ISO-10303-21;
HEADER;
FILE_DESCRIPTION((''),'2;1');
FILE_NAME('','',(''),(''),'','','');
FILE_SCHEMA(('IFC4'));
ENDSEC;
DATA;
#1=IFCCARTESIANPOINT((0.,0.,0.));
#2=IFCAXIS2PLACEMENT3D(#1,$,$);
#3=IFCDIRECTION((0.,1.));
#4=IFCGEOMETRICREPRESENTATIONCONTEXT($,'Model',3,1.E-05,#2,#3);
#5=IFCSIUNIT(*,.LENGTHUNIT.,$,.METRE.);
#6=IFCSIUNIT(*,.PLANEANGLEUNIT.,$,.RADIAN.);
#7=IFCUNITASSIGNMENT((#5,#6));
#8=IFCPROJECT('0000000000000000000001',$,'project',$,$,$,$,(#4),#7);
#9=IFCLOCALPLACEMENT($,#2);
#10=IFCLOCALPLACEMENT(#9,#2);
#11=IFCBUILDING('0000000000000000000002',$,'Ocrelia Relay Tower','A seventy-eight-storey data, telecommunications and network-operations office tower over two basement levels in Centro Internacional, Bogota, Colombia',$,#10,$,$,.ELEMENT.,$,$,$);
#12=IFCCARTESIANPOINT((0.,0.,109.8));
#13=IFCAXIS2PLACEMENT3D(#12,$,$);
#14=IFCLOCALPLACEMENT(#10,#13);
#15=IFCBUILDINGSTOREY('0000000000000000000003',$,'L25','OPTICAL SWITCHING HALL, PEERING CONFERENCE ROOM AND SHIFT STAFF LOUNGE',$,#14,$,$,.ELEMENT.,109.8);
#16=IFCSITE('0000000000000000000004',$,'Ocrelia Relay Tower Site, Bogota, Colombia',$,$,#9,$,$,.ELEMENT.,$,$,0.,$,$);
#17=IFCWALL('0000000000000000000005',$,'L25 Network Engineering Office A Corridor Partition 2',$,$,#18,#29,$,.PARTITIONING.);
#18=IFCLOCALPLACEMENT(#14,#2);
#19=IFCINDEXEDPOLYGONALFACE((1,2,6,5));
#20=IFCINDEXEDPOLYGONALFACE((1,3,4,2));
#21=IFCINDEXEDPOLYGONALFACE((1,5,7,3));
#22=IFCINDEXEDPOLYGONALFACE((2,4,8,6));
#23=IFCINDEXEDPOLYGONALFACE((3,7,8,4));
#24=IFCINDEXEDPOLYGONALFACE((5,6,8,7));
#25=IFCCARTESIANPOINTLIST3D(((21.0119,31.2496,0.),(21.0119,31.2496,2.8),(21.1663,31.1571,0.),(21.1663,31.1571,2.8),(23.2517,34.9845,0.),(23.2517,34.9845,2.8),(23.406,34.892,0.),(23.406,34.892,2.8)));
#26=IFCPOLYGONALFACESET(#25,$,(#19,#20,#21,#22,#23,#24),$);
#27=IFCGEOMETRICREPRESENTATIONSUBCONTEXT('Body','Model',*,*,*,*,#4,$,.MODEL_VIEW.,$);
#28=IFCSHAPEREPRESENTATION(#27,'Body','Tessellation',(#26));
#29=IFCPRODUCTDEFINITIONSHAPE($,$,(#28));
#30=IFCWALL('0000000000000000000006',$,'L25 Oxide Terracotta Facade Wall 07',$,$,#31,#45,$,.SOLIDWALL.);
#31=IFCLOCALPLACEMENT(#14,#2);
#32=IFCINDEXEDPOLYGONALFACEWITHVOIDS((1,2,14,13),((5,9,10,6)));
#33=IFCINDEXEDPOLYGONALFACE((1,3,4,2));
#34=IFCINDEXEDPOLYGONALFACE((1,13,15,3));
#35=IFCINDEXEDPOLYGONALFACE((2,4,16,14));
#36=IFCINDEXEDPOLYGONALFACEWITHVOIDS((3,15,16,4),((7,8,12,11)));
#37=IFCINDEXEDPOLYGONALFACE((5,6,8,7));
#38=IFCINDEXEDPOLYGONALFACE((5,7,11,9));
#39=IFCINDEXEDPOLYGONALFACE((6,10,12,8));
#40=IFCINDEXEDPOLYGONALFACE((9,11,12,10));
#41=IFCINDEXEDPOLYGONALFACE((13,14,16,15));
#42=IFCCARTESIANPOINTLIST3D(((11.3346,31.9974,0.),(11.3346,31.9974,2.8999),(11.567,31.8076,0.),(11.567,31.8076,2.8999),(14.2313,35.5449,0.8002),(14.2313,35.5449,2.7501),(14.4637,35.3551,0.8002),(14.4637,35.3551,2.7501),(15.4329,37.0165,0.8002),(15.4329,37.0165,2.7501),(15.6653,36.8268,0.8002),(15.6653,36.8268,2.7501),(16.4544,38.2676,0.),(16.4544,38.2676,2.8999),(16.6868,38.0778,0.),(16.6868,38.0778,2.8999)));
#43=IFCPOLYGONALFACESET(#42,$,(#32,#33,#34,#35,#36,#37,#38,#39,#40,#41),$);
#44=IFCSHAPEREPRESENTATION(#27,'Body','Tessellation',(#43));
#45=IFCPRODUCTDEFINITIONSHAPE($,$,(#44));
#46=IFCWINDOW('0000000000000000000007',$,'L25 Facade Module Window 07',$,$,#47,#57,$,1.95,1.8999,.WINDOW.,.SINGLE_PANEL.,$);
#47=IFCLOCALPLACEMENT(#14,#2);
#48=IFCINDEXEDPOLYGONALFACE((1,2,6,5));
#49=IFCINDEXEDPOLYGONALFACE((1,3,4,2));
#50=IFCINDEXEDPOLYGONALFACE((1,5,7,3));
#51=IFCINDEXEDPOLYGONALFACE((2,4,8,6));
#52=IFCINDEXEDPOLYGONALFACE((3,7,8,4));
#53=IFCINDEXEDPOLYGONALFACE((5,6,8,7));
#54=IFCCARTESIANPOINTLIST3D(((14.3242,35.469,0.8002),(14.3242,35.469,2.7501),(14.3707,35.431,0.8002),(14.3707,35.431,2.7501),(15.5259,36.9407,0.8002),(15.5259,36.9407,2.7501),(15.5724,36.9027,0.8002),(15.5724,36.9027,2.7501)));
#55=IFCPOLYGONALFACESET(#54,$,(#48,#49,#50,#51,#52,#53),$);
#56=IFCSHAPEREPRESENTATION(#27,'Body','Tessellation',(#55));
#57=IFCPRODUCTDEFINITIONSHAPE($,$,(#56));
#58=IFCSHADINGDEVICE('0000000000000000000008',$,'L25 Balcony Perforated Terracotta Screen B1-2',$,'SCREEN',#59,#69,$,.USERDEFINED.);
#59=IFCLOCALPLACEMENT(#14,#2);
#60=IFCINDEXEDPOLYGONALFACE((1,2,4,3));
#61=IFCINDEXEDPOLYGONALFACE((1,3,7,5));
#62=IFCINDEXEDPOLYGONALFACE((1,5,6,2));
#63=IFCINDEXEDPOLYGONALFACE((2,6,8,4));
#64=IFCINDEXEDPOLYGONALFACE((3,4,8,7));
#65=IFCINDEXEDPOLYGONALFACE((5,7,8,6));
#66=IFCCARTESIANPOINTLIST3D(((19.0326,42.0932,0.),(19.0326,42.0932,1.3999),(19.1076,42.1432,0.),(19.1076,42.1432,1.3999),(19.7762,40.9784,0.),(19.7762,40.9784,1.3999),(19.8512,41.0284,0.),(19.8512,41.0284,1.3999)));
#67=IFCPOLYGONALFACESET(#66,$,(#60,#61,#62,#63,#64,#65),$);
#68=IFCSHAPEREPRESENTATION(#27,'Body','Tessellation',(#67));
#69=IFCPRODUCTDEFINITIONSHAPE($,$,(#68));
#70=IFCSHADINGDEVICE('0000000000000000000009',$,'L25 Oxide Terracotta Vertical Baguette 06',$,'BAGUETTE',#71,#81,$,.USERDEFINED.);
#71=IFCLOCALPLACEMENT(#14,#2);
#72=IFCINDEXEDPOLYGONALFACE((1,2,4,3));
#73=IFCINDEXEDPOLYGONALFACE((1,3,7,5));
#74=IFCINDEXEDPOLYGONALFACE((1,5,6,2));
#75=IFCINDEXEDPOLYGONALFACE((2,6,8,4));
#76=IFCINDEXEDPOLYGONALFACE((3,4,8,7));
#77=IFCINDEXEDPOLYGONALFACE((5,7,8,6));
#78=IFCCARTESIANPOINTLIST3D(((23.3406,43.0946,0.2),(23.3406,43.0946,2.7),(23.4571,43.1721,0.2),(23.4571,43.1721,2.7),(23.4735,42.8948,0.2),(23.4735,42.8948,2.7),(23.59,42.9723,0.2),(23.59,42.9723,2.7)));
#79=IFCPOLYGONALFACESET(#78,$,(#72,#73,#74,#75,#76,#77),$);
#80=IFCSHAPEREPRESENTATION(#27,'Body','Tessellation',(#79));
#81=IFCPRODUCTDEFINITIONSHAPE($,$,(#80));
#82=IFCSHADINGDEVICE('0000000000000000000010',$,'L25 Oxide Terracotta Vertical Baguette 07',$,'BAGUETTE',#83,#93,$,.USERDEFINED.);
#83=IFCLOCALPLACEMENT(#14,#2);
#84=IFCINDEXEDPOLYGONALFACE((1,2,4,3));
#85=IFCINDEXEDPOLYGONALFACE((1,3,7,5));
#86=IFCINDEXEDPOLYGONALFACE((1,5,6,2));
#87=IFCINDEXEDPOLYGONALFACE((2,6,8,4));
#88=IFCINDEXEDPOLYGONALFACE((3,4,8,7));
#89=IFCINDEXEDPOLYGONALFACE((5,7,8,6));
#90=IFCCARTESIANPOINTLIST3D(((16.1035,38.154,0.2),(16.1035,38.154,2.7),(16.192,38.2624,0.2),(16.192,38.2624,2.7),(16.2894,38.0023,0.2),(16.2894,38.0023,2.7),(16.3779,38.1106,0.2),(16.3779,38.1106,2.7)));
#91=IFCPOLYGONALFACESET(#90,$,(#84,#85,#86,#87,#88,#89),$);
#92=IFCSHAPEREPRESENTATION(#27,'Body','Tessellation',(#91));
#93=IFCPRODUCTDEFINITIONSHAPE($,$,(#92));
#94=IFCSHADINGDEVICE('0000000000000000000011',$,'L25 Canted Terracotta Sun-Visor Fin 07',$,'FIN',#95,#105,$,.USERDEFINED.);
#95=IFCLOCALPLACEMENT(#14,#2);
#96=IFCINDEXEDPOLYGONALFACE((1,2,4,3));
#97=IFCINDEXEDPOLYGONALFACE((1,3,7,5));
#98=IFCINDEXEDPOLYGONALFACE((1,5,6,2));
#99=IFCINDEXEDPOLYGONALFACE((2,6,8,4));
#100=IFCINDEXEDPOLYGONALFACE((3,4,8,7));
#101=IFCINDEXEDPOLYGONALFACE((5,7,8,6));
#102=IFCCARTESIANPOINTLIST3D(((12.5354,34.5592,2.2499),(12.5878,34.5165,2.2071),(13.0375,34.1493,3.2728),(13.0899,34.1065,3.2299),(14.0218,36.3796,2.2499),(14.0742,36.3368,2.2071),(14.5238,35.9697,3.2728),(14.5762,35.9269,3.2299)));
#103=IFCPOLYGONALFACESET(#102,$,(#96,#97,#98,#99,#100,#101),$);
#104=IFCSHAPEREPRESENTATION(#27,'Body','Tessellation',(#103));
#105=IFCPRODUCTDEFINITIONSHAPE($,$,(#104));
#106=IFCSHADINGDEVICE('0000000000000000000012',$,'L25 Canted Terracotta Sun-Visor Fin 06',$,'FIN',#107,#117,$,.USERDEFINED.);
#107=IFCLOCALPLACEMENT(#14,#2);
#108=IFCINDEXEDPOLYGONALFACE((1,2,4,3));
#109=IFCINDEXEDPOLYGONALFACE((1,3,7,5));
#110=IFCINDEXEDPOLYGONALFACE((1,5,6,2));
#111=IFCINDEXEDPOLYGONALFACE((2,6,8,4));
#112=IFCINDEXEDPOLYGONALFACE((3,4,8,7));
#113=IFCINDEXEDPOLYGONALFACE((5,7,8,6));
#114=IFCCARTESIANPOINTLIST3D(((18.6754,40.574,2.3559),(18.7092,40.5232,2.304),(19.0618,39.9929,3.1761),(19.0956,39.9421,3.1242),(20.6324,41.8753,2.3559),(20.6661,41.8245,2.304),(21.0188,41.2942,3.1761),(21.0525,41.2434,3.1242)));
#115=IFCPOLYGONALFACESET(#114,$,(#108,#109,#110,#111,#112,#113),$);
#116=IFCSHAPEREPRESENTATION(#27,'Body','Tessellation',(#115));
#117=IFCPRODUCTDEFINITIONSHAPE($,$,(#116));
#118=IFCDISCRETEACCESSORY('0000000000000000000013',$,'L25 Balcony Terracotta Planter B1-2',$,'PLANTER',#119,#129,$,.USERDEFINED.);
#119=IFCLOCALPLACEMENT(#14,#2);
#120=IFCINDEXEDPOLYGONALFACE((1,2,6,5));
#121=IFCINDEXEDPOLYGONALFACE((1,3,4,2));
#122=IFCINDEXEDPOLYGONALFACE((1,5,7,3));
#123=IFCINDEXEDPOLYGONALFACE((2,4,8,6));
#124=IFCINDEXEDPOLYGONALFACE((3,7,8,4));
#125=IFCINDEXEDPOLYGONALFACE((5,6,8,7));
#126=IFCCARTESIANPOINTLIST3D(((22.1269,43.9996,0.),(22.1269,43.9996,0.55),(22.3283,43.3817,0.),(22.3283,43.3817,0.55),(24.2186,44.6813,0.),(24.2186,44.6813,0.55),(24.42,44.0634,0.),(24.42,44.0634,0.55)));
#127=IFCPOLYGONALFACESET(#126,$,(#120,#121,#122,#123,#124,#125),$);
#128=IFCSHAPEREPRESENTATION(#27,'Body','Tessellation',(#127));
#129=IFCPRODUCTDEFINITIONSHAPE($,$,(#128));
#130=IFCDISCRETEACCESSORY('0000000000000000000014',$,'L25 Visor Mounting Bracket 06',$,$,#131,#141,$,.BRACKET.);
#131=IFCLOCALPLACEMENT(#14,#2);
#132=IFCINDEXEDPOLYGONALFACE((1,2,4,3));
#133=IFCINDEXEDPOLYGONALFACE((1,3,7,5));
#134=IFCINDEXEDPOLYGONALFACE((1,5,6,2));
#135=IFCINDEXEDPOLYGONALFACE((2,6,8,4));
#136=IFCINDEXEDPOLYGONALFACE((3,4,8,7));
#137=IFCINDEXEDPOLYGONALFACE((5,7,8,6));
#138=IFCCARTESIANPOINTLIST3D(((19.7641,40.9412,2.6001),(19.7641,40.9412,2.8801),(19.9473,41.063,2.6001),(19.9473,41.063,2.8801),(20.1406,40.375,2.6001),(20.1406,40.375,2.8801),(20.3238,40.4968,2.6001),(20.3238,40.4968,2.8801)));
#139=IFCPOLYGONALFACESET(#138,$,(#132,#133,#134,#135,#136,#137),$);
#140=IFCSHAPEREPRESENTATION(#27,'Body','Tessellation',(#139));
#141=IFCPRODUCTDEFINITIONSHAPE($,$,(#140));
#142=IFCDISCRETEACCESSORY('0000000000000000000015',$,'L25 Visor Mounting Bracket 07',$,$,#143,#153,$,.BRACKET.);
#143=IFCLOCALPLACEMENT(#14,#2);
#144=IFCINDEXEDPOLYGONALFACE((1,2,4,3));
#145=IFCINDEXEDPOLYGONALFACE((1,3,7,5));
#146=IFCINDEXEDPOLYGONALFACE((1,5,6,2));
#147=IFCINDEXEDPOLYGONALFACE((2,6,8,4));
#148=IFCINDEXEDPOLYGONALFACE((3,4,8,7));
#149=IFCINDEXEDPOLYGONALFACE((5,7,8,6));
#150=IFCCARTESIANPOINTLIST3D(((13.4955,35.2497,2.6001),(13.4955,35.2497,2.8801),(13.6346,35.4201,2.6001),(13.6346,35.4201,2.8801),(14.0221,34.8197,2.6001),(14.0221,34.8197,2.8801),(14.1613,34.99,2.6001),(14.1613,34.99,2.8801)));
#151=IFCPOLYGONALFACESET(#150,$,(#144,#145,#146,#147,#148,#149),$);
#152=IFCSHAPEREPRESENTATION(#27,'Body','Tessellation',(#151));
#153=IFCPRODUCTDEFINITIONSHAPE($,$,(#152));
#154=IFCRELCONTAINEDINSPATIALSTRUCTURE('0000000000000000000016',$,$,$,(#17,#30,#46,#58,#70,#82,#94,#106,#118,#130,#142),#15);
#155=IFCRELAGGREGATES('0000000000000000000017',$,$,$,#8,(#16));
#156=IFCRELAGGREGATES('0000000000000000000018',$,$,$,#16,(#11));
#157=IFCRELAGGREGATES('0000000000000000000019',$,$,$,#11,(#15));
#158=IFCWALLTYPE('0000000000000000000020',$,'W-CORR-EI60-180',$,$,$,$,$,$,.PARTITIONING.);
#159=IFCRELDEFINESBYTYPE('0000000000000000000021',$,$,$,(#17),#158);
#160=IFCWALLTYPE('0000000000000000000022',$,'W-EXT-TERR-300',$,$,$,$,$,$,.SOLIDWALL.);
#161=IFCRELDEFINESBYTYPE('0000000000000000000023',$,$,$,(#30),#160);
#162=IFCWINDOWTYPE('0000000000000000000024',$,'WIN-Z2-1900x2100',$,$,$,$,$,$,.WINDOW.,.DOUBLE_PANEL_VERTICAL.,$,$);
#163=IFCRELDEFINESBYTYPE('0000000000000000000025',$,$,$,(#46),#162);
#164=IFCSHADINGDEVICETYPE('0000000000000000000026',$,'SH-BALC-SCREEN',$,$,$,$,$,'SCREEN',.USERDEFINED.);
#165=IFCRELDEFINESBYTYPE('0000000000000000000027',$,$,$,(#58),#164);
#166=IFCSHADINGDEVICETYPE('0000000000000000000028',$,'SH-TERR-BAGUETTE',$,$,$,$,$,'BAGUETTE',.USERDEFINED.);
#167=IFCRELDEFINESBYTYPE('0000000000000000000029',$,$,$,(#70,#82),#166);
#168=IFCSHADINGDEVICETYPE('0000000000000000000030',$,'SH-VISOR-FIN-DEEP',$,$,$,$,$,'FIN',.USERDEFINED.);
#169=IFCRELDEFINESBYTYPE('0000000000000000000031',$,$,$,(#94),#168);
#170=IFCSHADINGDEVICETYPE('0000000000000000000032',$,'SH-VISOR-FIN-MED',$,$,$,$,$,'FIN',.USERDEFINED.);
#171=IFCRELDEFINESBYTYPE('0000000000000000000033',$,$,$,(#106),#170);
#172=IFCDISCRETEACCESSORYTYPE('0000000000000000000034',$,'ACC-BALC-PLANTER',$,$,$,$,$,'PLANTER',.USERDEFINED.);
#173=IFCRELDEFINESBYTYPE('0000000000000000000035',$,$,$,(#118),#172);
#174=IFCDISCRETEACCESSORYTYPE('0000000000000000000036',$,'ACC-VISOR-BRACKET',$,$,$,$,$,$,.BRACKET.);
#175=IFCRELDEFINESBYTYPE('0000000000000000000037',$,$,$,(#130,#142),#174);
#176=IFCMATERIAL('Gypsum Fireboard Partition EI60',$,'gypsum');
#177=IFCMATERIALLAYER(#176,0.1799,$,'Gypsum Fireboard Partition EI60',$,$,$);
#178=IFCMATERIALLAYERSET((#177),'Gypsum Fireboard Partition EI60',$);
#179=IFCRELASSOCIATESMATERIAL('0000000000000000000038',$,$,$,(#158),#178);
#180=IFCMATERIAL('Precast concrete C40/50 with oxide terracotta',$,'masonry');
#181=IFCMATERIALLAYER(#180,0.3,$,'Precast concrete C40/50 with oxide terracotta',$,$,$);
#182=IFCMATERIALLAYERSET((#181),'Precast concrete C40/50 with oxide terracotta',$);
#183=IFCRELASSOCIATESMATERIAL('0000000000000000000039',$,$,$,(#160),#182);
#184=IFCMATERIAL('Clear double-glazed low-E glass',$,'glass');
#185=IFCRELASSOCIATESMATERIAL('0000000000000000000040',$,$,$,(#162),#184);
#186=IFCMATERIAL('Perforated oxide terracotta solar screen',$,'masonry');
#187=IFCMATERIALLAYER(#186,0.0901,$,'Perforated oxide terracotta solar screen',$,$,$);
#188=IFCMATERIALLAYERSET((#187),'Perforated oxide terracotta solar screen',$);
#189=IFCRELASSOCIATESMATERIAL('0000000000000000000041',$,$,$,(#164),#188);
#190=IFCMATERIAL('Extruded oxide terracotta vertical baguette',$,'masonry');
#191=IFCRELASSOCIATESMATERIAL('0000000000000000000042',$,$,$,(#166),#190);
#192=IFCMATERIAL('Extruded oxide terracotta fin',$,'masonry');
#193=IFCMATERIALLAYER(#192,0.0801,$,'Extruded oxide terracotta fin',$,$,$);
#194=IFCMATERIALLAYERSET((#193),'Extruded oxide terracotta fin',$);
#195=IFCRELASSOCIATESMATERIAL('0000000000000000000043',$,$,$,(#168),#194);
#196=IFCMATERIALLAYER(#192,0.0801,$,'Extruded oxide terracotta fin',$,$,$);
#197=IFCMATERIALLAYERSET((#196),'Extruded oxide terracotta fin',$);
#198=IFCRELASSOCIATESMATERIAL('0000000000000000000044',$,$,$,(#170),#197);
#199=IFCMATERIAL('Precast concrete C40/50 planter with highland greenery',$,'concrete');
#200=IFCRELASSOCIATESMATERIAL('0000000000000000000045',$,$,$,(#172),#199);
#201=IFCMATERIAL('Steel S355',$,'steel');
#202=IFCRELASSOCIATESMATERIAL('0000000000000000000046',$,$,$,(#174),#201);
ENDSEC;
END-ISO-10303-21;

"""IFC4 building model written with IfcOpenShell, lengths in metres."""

from ifc_helpers import new_model, si_unit, direction, frame, frame_2d, origin, origin_2d, place, context, subcontext, project, spatial, rectangle, extrude, material, layer, layer_set, type_object, element, fill, save


model = new_model("IFC4")

# Units and contexts
model_context = context("Model", 3, precision=1e-05, world=origin(), true_north=direction((0.0, 1.0)))
body_context = subcontext(model_context, "Body", "Model", "MODEL_VIEW")
ifc_project = project(units=[si_unit("LENGTHUNIT", "METRE"), si_unit("PLANEANGLEUNIT", "RADIAN")], contexts=[model_context])

# Site, building, storey
site_placement = place(None, origin())
site = spatial("IfcSite", under=ifc_project, at=site_placement, Name="Ocrelia Relay Tower Site, Bogota, Colombia", CompositionType="ELEMENT", RefElevation=0.0)
building_placement = place(site_placement, origin())
building = spatial("IfcBuilding", under=site, at=building_placement, Name="Ocrelia Relay Tower", Description="A seventy-eight-storey data, telecommunications and network-operations office tower over two basement levels in Centro Internacional, Bogota, Colombia", CompositionType="ELEMENT")
storey_placement = place(building_placement, frame((0.0, 0.0, 109.8)))
storey = spatial("IfcBuildingStorey", under=building, at=storey_placement, Name="L25", Description="OPTICAL SWITCHING HALL, PEERING CONFERENCE ROOM AND SHIFT STAFF LOUNGE", CompositionType="ELEMENT", Elevation=109.8)

# Shared definitions
ifc_material_1 = material(Name="Steel S355", Category="steel")

# Wall
ifc_material_2 = material(Name="Gypsum Fireboard Partition EI60", Category="gypsum")
ifc_layer_1 = layer(ifc_material_2, 0.1799, Name="Gypsum Fireboard Partition EI60")
ifc_layer_set_1 = layer_set([ifc_layer_1], Name="Gypsum Fireboard Partition EI60")
wall_type_1 = type_object("IfcWallType", Name="W-CORR-EI60-180", PredefinedType="PARTITIONING", material=ifc_layer_set_1)
wall_1_placement = place(storey_placement, frame((23.3289, 34.9382, 0.0), z_axis=(0.0, 0.0, 1.0), x_axis=(-0.514298, -0.857612, 0.0)))
element("IfcWall", 1, at=wall_1_placement, inside=storey, type_object=wall_type_1, Name="L25 Network Engineering Office A Corridor Partition 2", PredefinedType="PARTITIONING", context=body_context, shape_type="SweptSolid", body=[
    extrude(rectangle(XDim=4.355, YDim=0.1799, at=frame_2d((2.1775, 0.0))), origin(), (0.0, 0.0, 1.0), 2.8),
])

# Wall, opening, window
ifc_material_3 = material(Name="Precast concrete C40/50 with oxide terracotta", Category="masonry")
ifc_layer_2 = layer(ifc_material_3, 0.3, Name="Precast concrete C40/50 with oxide terracotta")
ifc_layer_set_2 = layer_set([ifc_layer_2], Name="Precast concrete C40/50 with oxide terracotta")
wall_type_2 = type_object("IfcWallType", Name="W-EXT-TERR-300", PredefinedType="SOLIDWALL", material=ifc_layer_set_2)
wall_2_placement = place(storey_placement, frame((16.5706, 38.1726, 0.0), z_axis=(0.0, 0.0, 1.0), x_axis=(-0.632472, -0.774583, 0.0)))
wall_2 = element("IfcWall", 2, at=wall_2_placement, inside=storey, type_object=wall_type_2, Name="L25 Oxide Terracotta Facade Wall 07", PredefinedType="SOLIDWALL", context=body_context, shape_type="SweptSolid", body=[
    extrude(rectangle(XDim=8.095, YDim=0.3, at=frame_2d((4.0474, 0.0))), origin(), (0.0, 0.0, 1.0), 2.8999),
])
opening_placement = place(wall_2_placement, frame((1.615, 0.0, 0.8)))
opening = element("IfcOpeningElement", 3, at=opening_placement, cuts=wall_2, PredefinedType="OPENING", context=body_context, shape_type="SweptSolid", body=[
    extrude(rectangle(XDim=1.8999, YDim=1.95, at=frame_2d((0.95, 0.9751))), frame((0.0, 0.1602, 0.0), z_axis=(0.0, -1.0, 0.0), x_axis=(1.0, 0.0, 0.0)), (0.0, 0.0, 1.0), 0.3201),
])
ifc_material_4 = material(Name="Clear double-glazed low-E glass", Category="glass")
window_type = type_object("IfcWindowType", Name="WIN-Z2-1900x2100", PartitioningType="DOUBLE_PANEL_VERTICAL", PredefinedType="WINDOW", material=ifc_material_4)
window_placement = place(opening_placement, origin())
window = element("IfcWindow", 4, at=window_placement, inside=storey, type_object=window_type, Name="L25 Facade Module Window 07", OverallHeight=1.95, OverallWidth=1.8999, PartitioningType="SINGLE_PANEL", PredefinedType="WINDOW", context=body_context, shape_type="SweptSolid", body=[
    extrude(rectangle(XDim=1.8999, YDim=1.95, at=frame_2d((0.95, 0.9751))), frame((0.0, 0.03, 0.0), z_axis=(0.0, -1.0, 0.0), x_axis=(1.0, 0.0, 0.0)), (0.0, 0.0, 1.0), 0.0601),
])
fill(opening, window)

# Shading devices
ifc_material_5 = material(Name="Perforated oxide terracotta solar screen", Category="masonry")
ifc_layer_3 = layer(ifc_material_5, 0.0901, Name="Perforated oxide terracotta solar screen")
ifc_layer_set_3 = layer_set([ifc_layer_3], Name="Perforated oxide terracotta solar screen")
shading_device_type_1 = type_object("IfcShadingDeviceType", Name="SH-BALC-SCREEN", ElementType="SCREEN", PredefinedType="USERDEFINED", material=ifc_layer_set_3)
shading_device_1_placement = place(storey_placement, frame((19.4419, 41.5608, 0.0), z_axis=(0.0, 0.0, 1.0), x_axis=(-0.554899, 0.831918, 0.0)))
element("IfcShadingDevice", 5, at=shading_device_1_placement, inside=storey, type_object=shading_device_type_1, Name="L25 Balcony Perforated Terracotta Screen B1-2", ObjectType="SCREEN", PredefinedType="USERDEFINED", context=body_context, shape_type="SweptSolid", body=[
    extrude(rectangle(XDim=1.3401, YDim=0.0901, at=origin_2d()), origin(), (0.0, 0.0, 1.0), 1.3999),
])
ifc_material_6 = material(Name="Extruded oxide terracotta vertical baguette", Category="masonry")
shading_device_type_2 = type_object("IfcShadingDeviceType", Name="SH-TERR-BAGUETTE", ElementType="BAGUETTE", PredefinedType="USERDEFINED", material=ifc_material_6)
for number, where, z_axis, x_axis, name in (
    (6, (23.4653, 43.0334, 0.2), (0.0, 0.0, 1.0), (-0.832713, -0.553705, 0.0), "L25 Oxide Terracotta Vertical Baguette 06"),
    (7, (16.2407, 38.1323, 0.2), (0.0, 0.0, 1.0), (-0.632466, -0.774588, 0.0), "L25 Oxide Terracotta Vertical Baguette 07"),
):
    element("IfcShadingDevice", number, at=place(storey_placement, frame(where, z_axis=z_axis, x_axis=x_axis)), inside=storey, type_object=shading_device_type_2, Name=name, ObjectType="BAGUETTE", PredefinedType="USERDEFINED", context=body_context, shape_type="SweptSolid", body=[
        extrude(rectangle(XDim=0.1399, YDim=0.24, at=origin_2d()), origin(), (0.0, 0.0, 1.0), 2.5),
    ])
ifc_material_7 = material(Name="Extruded oxide terracotta fin", Category="masonry")
ifc_layer_4 = layer(ifc_material_7, 0.0801, Name="Extruded oxide terracotta fin")
ifc_layer_set_4 = layer_set([ifc_layer_4], Name="Extruded oxide terracotta fin")
shading_device_type_3 = type_object("IfcShadingDeviceType", Name="SH-VISOR-FIN-DEEP", ElementType="FIN", PredefinedType="USERDEFINED", material=ifc_layer_set_4)
shading_device_2_placement = place(storey_placement, frame((13.582, 35.2217, 2.7185), z_axis=(-0.654296, 0.534245, 0.535237), x_axis=(-0.632466, -0.774588, 0.0)))
element("IfcShadingDevice", 8, at=shading_device_2_placement, inside=storey, type_object=shading_device_type_3, Name="L25 Canted Terracotta Sun-Visor Fin 07", ObjectType="FIN", PredefinedType="USERDEFINED", context=body_context, shape_type="SweptSolid", body=[
    extrude(rectangle(XDim=2.3501, YDim=1.2109, at=origin_2d()), origin(), (0.0, 0.0, 1.0), 0.0801),
])
ifc_layer_5 = layer(ifc_material_7, 0.0801, Name="Extruded oxide terracotta fin")
ifc_layer_set_5 = layer_set([ifc_layer_5], Name="Extruded oxide terracotta fin")
shading_device_type_4 = type_object("IfcShadingDeviceType", Name="SH-VISOR-FIN-MED", ElementType="FIN", PredefinedType="USERDEFINED", material=ifc_layer_set_5)
shading_device_3_placement = place(storey_placement, frame((19.8809, 40.8833, 2.7141), z_axis=(-0.42173, 0.634237, 0.647987), x_axis=(-0.832713, -0.553705, 0.0)))
element("IfcShadingDevice", 9, at=shading_device_3_placement, inside=storey, type_object=shading_device_type_4, Name="L25 Canted Terracotta Sun-Visor Fin 06", ObjectType="FIN", PredefinedType="USERDEFINED", context=body_context, shape_type="SweptSolid", body=[
    extrude(rectangle(XDim=2.3501, YDim=1.0769, at=origin_2d()), origin(), (0.0, 0.0, 1.0), 0.0801),
])

# Discrete accessories
ifc_material_8 = material(Name="Precast concrete C40/50 planter with highland greenery", Category="concrete")
discrete_accessory_type_1 = type_object("IfcDiscreteAccessoryType", Name="ACC-BALC-PLANTER", ElementType="PLANTER", PredefinedType="USERDEFINED", material=ifc_material_8)
discrete_accessory_placement = place(storey_placement, frame((23.2734, 44.0315, 0.0), z_axis=(0.0, 0.0, 1.0), x_axis=(0.950784, 0.309853, 0.0)))
element("IfcDiscreteAccessory", 10, at=discrete_accessory_placement, inside=storey, type_object=discrete_accessory_type_1, Name="L25 Balcony Terracotta Planter B1-2", ObjectType="PLANTER", PredefinedType="USERDEFINED", context=body_context, shape_type="SweptSolid", body=[
    extrude(rectangle(XDim=2.2, YDim=0.6499, at=origin_2d()), origin(), (0.0, 0.0, 1.0), 0.55),
])
discrete_accessory_type_2 = type_object("IfcDiscreteAccessoryType", Name="ACC-VISOR-BRACKET", PredefinedType="BRACKET", material=ifc_material_1)
for number, where, z_axis, x_axis, name in (
    (11, (20.0439, 40.719, 2.6001), (0.0, 0.0, 1.0), (-0.832713, -0.553705, 0.0), "L25 Visor Mounting Bracket 06"),
    (12, (13.8284, 35.1199, 2.6001), (0.0, 0.0, 1.0), (-0.632466, -0.774588, 0.0), "L25 Visor Mounting Bracket 07"),
):
    element("IfcDiscreteAccessory", number, at=place(storey_placement, frame(where, z_axis=z_axis, x_axis=x_axis)), inside=storey, type_object=discrete_accessory_type_2, Name=name, PredefinedType="BRACKET", context=body_context, shape_type="SweptSolid", body=[
        extrude(rectangle(XDim=0.22, YDim=0.6799, at=origin_2d()), origin(), (0.0, 0.0, 1.0), 0.28),
    ])

save(model, "model.ifc")
